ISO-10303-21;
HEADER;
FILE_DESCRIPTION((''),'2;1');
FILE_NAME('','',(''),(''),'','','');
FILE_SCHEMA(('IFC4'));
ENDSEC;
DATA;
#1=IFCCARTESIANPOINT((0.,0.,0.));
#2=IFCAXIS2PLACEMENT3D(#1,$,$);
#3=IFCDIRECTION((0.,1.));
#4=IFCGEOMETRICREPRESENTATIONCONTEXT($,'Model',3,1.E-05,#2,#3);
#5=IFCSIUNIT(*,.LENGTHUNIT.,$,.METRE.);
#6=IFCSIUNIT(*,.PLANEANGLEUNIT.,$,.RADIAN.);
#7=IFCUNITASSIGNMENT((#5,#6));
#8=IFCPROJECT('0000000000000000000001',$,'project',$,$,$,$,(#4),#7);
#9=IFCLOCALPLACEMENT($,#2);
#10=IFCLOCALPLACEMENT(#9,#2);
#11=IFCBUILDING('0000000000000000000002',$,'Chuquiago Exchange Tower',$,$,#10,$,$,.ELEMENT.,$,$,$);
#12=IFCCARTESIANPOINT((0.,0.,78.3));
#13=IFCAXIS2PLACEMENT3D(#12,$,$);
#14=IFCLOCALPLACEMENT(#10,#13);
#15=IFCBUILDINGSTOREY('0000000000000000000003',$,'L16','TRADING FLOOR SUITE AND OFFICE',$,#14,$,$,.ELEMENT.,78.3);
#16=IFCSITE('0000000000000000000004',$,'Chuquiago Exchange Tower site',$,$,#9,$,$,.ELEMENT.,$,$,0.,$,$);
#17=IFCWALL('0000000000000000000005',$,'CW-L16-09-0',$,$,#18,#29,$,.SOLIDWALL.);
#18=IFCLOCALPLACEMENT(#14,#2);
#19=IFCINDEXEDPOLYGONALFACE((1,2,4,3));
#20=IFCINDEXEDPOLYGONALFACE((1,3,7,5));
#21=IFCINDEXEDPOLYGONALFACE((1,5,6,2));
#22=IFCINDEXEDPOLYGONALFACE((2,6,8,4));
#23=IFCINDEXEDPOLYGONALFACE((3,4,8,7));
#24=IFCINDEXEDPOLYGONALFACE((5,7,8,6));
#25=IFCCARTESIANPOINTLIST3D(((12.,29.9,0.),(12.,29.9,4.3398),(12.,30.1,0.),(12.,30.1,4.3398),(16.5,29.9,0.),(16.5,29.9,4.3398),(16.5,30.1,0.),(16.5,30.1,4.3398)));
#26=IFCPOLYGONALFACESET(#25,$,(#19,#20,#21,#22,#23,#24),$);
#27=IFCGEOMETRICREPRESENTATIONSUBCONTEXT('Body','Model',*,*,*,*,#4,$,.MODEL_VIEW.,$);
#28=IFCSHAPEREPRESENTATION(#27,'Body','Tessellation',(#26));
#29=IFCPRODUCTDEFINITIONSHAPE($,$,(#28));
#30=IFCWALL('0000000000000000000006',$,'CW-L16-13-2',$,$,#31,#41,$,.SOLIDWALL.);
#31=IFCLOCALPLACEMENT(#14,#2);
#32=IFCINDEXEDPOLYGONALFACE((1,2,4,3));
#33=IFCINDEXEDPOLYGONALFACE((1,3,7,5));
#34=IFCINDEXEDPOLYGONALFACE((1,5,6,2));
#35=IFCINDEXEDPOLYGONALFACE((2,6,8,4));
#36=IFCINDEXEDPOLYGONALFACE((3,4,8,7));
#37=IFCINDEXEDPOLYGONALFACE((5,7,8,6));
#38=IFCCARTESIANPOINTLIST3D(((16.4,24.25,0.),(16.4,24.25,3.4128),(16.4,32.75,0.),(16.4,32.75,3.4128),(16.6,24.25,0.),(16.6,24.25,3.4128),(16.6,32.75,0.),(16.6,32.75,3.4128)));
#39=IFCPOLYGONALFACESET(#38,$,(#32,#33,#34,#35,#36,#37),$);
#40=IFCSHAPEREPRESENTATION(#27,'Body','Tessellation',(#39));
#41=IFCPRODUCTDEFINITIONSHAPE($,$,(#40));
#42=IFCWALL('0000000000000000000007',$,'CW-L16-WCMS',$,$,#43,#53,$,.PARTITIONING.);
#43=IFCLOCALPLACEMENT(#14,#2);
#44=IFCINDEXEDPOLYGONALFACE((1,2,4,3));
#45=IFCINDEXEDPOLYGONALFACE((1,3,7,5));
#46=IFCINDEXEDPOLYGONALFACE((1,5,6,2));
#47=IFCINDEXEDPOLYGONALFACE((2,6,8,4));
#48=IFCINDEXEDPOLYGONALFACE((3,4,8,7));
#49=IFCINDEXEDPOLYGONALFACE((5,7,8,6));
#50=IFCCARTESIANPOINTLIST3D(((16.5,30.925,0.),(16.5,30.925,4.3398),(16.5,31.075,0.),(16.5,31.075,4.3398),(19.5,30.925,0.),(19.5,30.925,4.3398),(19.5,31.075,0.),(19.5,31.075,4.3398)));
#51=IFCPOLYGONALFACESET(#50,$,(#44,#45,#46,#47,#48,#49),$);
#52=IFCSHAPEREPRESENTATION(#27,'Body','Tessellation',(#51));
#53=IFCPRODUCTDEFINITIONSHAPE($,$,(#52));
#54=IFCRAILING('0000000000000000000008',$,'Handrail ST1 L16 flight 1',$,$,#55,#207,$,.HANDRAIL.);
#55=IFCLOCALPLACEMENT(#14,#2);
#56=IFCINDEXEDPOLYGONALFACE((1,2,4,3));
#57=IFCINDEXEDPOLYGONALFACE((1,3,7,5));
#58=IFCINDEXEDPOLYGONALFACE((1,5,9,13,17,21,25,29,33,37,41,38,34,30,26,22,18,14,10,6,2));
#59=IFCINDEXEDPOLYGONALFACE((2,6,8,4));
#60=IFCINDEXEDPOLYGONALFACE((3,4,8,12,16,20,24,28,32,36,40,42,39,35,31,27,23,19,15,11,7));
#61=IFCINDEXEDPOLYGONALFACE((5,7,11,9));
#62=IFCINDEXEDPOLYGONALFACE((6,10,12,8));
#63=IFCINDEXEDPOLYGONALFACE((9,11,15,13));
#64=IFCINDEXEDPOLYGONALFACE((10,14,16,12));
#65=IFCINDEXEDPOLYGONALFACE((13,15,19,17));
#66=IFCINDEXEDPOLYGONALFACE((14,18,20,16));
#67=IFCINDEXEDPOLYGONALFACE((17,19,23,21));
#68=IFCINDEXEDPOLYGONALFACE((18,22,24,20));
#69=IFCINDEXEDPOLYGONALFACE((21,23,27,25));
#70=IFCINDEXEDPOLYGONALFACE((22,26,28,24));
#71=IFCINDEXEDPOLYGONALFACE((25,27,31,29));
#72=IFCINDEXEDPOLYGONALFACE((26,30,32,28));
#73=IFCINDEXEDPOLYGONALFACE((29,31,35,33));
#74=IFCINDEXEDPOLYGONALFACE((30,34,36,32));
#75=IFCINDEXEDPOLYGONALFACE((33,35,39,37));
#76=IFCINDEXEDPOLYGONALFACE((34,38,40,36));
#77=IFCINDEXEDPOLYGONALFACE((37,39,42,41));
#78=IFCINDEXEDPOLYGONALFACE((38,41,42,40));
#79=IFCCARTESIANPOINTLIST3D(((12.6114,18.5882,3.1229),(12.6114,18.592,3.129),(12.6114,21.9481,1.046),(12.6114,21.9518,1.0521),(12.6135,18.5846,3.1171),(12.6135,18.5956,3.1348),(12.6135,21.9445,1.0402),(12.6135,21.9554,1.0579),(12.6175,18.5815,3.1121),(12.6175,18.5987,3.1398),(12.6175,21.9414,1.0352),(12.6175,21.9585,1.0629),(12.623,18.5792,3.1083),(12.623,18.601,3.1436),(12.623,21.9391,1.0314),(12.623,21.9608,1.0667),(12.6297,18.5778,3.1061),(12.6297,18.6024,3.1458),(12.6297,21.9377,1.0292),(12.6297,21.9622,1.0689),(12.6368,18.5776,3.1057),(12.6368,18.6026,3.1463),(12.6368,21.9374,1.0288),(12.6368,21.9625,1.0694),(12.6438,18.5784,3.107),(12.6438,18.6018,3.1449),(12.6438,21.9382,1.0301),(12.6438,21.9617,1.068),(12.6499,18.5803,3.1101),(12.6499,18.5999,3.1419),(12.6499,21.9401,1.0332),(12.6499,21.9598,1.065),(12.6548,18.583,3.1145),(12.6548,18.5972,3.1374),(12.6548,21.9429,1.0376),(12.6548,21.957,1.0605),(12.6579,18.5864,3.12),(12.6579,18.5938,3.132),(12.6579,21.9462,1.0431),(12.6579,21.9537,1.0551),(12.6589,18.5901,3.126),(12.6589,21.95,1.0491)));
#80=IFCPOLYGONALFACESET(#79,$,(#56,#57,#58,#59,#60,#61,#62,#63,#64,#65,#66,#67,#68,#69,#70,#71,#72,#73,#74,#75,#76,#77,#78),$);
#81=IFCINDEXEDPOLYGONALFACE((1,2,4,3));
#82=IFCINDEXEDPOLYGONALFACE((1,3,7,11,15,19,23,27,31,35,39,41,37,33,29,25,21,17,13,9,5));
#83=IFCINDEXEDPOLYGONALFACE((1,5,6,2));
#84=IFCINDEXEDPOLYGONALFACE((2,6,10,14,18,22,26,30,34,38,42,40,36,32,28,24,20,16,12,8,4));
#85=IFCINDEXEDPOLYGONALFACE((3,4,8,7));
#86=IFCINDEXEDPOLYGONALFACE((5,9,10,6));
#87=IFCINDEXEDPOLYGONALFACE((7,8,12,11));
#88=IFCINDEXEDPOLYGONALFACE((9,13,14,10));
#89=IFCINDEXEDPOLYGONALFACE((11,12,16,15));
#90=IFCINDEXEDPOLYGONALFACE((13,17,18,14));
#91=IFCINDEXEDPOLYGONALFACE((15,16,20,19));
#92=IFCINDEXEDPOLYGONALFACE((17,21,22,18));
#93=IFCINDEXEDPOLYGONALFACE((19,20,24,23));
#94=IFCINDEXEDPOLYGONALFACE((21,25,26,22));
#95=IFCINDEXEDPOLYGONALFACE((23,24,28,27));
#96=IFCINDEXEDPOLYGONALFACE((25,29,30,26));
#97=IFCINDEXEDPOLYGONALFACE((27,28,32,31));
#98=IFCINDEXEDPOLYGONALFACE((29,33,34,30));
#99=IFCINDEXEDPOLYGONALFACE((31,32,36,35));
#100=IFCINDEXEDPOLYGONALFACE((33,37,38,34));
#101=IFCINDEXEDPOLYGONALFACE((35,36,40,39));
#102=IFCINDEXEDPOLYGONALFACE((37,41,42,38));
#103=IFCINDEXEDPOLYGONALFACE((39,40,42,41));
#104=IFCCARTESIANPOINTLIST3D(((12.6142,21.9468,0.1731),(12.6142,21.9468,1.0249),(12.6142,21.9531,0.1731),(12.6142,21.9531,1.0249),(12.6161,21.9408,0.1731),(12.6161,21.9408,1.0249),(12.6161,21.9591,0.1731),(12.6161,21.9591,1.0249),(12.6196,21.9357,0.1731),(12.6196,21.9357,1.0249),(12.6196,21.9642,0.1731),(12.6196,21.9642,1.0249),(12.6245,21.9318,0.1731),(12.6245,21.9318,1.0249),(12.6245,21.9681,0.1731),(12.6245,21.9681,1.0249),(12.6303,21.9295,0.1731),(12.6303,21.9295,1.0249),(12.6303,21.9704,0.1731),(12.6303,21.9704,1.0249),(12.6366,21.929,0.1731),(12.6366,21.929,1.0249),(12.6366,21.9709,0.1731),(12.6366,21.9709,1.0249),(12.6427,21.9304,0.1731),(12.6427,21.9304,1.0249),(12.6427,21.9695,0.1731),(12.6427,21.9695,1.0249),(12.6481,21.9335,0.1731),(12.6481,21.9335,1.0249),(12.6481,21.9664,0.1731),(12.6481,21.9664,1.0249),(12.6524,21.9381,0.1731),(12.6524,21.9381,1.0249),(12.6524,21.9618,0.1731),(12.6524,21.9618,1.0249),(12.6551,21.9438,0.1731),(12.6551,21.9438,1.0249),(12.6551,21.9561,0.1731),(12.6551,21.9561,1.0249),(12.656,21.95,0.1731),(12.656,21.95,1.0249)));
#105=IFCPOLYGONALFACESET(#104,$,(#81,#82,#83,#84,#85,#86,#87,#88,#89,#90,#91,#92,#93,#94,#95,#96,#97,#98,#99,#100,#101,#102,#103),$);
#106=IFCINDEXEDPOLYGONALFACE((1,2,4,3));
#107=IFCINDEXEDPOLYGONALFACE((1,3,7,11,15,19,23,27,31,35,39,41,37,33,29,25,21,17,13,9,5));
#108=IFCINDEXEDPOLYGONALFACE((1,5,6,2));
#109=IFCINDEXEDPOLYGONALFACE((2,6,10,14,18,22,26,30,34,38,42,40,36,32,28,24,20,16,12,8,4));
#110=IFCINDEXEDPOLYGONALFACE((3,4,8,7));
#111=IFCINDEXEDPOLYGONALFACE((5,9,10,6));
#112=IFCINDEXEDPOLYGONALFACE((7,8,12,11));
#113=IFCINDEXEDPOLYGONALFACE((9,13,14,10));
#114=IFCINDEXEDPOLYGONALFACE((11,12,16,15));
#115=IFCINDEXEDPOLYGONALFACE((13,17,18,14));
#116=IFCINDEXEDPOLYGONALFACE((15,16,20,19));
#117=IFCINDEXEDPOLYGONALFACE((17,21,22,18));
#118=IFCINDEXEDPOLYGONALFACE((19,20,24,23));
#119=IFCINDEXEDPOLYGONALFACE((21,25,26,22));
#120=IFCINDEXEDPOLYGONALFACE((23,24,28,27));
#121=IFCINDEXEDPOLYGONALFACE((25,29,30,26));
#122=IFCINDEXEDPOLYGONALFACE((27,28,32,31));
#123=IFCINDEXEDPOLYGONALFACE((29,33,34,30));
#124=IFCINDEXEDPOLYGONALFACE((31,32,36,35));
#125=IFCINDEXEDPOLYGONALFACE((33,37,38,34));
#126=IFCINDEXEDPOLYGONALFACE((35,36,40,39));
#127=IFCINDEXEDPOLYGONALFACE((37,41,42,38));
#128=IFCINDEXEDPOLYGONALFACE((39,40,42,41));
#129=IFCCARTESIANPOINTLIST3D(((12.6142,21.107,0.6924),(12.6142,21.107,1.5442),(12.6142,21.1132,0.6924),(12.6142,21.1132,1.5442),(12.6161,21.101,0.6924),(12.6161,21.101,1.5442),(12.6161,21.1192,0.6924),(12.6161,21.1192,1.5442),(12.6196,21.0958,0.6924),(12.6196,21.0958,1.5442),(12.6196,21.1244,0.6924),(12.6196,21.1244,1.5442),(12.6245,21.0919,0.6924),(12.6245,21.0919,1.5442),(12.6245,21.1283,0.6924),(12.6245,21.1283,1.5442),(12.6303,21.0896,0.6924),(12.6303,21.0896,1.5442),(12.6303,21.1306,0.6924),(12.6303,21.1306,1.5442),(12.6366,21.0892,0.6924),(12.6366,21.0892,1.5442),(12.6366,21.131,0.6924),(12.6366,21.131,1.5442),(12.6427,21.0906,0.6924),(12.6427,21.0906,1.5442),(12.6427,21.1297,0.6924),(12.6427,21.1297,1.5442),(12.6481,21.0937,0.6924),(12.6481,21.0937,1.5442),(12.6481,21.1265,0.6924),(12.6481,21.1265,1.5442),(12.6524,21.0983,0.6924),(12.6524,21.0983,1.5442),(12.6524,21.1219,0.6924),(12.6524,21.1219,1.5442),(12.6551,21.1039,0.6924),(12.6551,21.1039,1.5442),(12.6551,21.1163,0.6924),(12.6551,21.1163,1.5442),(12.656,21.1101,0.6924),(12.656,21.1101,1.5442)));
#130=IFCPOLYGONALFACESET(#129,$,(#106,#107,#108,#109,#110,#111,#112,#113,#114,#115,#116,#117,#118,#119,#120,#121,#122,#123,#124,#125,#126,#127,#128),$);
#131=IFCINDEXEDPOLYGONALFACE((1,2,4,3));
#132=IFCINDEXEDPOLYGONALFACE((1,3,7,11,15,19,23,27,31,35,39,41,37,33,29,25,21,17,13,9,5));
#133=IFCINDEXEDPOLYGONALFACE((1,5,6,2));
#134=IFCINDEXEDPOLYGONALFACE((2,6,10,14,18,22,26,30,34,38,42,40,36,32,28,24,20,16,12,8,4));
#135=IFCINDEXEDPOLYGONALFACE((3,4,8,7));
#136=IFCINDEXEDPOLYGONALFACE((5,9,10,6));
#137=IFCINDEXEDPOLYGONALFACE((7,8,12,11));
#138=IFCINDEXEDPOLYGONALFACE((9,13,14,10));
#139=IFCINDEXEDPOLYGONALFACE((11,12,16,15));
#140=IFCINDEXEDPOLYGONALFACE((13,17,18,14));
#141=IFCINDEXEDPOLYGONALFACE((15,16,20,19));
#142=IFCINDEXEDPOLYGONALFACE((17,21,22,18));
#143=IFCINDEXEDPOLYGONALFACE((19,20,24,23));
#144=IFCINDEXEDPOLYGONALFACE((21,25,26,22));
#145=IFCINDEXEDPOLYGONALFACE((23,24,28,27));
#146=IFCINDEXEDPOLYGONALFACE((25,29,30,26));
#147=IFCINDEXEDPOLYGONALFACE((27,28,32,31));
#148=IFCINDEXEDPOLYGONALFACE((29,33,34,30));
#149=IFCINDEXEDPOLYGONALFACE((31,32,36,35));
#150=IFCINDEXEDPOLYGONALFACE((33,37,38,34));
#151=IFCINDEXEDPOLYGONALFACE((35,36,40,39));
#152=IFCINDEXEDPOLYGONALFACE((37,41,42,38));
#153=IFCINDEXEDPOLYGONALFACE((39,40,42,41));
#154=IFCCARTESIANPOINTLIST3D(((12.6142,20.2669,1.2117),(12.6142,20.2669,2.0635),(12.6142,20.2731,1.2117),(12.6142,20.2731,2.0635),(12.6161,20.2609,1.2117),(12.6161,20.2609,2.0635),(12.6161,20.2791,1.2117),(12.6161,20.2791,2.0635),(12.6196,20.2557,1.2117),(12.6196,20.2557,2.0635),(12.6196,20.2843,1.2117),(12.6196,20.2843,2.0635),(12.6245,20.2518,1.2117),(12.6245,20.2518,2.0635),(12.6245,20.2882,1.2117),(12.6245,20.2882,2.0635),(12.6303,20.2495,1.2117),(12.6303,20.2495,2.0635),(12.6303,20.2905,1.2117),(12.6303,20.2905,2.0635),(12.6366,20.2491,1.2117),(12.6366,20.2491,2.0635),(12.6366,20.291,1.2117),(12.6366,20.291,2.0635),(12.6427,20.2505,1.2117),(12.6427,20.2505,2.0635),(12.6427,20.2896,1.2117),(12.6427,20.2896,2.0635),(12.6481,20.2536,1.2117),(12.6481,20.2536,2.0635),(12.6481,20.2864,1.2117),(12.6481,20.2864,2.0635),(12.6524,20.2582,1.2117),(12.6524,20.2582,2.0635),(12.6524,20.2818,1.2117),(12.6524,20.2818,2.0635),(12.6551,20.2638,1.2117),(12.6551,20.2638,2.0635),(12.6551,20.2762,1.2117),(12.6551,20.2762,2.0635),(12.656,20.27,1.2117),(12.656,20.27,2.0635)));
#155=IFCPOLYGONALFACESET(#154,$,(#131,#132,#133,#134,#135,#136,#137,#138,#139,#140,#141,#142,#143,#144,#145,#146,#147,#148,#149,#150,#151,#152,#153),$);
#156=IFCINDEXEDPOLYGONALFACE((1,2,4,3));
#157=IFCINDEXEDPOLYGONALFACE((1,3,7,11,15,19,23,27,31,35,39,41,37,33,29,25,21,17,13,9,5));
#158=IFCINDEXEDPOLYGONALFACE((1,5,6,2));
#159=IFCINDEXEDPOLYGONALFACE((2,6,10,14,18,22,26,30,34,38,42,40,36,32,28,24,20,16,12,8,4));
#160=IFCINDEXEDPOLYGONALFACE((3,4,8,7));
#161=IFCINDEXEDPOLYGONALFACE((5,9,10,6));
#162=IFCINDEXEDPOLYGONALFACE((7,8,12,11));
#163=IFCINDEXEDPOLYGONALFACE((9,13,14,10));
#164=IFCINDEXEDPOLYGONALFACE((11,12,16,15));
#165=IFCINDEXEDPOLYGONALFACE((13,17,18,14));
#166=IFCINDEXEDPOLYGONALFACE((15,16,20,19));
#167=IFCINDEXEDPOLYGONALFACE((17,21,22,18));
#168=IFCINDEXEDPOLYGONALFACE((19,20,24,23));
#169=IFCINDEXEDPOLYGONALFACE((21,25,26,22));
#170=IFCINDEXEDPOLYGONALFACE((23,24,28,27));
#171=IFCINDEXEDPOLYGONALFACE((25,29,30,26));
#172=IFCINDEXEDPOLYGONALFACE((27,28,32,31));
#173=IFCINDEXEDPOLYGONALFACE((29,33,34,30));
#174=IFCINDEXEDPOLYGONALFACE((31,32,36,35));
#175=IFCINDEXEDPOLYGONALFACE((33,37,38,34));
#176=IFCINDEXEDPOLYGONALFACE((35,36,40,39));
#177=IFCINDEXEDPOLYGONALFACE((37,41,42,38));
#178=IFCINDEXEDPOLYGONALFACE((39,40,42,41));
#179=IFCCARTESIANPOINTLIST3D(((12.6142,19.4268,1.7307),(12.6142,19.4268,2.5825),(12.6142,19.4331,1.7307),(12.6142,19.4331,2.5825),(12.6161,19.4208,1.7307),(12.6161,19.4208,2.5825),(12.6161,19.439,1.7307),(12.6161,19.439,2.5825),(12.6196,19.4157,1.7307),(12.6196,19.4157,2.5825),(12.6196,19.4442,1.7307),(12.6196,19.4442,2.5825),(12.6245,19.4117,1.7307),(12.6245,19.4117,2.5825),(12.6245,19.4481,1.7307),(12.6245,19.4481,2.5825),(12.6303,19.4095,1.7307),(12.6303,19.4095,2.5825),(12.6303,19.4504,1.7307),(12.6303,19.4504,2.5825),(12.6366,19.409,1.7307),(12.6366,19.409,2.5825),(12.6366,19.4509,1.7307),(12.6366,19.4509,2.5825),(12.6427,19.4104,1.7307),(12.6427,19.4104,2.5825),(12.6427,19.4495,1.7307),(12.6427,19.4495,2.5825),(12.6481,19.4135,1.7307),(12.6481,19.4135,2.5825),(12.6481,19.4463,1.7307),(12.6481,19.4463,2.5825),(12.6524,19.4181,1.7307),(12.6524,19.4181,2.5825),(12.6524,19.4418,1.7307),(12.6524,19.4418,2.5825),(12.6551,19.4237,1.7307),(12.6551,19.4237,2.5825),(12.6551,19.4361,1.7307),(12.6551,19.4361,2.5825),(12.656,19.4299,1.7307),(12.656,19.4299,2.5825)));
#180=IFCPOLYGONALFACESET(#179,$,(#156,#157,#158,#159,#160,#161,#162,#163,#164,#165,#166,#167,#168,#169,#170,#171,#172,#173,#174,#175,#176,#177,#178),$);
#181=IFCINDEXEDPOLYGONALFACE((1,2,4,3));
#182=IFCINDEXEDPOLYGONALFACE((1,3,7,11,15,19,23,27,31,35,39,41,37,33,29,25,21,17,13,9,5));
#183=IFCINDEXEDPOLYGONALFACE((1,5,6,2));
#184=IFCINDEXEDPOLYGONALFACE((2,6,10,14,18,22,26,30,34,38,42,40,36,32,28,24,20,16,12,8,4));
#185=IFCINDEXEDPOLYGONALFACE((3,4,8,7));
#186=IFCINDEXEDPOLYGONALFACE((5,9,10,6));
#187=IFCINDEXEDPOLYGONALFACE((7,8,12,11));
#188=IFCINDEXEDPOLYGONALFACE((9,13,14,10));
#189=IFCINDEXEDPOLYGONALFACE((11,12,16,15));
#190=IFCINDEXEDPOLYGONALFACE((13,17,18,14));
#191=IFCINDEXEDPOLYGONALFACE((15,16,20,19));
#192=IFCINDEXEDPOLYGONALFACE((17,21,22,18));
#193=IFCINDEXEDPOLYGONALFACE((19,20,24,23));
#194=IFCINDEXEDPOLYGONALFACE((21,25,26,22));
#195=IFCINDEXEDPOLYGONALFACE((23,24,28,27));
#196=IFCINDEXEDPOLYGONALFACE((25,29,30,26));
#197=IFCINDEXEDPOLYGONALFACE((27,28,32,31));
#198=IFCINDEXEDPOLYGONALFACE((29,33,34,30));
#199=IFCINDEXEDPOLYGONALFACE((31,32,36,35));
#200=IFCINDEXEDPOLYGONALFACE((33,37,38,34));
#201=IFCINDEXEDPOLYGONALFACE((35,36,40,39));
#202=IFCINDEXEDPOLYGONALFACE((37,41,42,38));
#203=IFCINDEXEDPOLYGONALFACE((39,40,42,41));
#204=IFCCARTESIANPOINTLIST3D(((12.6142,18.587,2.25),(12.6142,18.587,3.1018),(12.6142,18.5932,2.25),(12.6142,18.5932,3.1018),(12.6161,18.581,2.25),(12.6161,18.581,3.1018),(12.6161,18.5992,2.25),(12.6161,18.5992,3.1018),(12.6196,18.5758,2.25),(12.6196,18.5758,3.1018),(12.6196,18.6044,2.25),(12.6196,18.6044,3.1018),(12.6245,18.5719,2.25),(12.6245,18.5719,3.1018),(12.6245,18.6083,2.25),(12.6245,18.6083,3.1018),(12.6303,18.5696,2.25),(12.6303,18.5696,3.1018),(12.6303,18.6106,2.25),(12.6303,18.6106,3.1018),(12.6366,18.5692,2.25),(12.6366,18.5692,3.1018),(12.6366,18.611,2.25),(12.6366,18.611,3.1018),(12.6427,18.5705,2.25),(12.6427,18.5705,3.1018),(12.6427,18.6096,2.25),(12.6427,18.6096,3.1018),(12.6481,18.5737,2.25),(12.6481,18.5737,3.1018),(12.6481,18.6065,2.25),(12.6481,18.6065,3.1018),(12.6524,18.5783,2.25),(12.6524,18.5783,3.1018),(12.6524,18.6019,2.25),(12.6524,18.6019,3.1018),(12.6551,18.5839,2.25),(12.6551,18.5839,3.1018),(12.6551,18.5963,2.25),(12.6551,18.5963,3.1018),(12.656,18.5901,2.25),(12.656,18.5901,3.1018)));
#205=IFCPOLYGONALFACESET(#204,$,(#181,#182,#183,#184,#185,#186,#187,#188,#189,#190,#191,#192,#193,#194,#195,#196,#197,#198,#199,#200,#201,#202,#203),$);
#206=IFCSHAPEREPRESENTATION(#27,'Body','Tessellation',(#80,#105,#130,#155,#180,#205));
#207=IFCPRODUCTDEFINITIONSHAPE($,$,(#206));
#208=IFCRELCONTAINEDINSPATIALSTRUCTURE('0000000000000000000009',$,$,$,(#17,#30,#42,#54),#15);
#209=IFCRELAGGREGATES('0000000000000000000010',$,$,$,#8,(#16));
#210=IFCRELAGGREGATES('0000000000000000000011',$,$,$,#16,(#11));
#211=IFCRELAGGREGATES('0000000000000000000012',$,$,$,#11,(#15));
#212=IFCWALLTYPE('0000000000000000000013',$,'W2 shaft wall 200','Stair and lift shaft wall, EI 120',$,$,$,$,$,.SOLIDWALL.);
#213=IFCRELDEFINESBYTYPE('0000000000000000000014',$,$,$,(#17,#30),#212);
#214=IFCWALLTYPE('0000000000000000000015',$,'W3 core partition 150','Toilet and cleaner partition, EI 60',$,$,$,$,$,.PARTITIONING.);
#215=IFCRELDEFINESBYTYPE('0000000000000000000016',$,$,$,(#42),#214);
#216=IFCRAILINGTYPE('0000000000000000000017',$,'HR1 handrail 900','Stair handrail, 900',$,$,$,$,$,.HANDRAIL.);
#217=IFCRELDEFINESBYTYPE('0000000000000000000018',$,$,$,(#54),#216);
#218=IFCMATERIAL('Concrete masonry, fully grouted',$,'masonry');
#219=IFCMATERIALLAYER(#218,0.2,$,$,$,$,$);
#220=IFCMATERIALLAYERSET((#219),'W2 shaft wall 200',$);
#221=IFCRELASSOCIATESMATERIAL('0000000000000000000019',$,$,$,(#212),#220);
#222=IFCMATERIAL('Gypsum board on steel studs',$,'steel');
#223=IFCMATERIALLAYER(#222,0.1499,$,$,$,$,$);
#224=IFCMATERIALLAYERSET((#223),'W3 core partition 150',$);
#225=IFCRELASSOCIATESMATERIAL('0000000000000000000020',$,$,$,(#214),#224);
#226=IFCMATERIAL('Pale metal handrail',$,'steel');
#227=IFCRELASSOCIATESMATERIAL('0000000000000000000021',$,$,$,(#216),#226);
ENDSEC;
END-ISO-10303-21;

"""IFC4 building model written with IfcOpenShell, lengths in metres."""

from ifc_helpers import new_model, si_unit, direction, frame, frame_2d, origin, origin_2d, place, context, subcontext, project, spatial, rectangle, circle, extrude, material, layer, layer_set, type_object, element, save


model = new_model("IFC4")

# Units and contexts
model_context = context("Model", 3, precision=1e-05, world=origin(), true_north=direction((0.0, 1.0)))
body_context = subcontext(model_context, "Body", "Model", "MODEL_VIEW")
ifc_project = project(units=[si_unit("LENGTHUNIT", "METRE"), si_unit("PLANEANGLEUNIT", "RADIAN")], contexts=[model_context])

# Site, building, storey
site_placement = place(None, origin())
site = spatial("IfcSite", under=ifc_project, at=site_placement, Name="Chuquiago Exchange Tower site", CompositionType="ELEMENT", RefElevation=0.0)
building_placement = place(site_placement, origin())
building = spatial("IfcBuilding", under=site, at=building_placement, Name="Chuquiago Exchange Tower", CompositionType="ELEMENT")
storey_placement = place(building_placement, frame((0.0, 0.0, 78.3)))
storey = spatial("IfcBuildingStorey", under=building, at=storey_placement, Name="L16", Description="TRADING FLOOR SUITE AND OFFICE", CompositionType="ELEMENT", Elevation=78.3)

# Shared definitions
ifc_material_1 = material(Name="Concrete masonry, fully grouted", Category="masonry")
ifc_layer_1 = layer(ifc_material_1, 0.2)
ifc_layer_set_1 = layer_set([ifc_layer_1], Name="W2 shaft wall 200")
wall_type_1 = type_object("IfcWallType", Name="W2 shaft wall 200", Description="Stair and lift shaft wall, EI 120", PredefinedType="SOLIDWALL", material=ifc_layer_set_1)

# Walls
wall_1_placement = place(storey_placement, frame((12.0, 30.0, 0.0), z_axis=(0.0, 0.0, 1.0), x_axis=(1.0, 0.0, 0.0)))
element("IfcWall", 1, at=wall_1_placement, inside=storey, type_object=wall_type_1, Name="CW-L16-09-0", PredefinedType="SOLIDWALL", context=body_context, shape_type="SweptSolid", body=[
    extrude(rectangle(XDim=4.5, YDim=0.2, at=frame_2d((2.25, 0.0))), origin(), (0.0, 0.0, 1.0), 4.3398),
])
wall_2_placement = place(storey_placement, frame((16.5, 24.25, 0.0), z_axis=(0.0, 0.0, 1.0), x_axis=(0.0, 1.0, 0.0)))
element("IfcWall", 2, at=wall_2_placement, inside=storey, type_object=wall_type_1, Name="CW-L16-13-2", PredefinedType="SOLIDWALL", context=body_context, shape_type="SweptSolid", body=[
    extrude(rectangle(XDim=8.5, YDim=0.2, at=frame_2d((4.25, 0.0))), origin(), (0.0, 0.0, 1.0), 3.4128),
])
ifc_material_2 = material(Name="Gypsum board on steel studs", Category="steel")
ifc_layer_2 = layer(ifc_material_2, 0.1499)
ifc_layer_set_2 = layer_set([ifc_layer_2], Name="W3 core partition 150")
wall_type_2 = type_object("IfcWallType", Name="W3 core partition 150", Description="Toilet and cleaner partition, EI 60", PredefinedType="PARTITIONING", material=ifc_layer_set_2)
wall_3_placement = place(storey_placement, frame((16.5, 31.0, 0.0), z_axis=(0.0, 0.0, 1.0), x_axis=(1.0, 0.0, 0.0)))
element("IfcWall", 3, at=wall_3_placement, inside=storey, type_object=wall_type_2, Name="CW-L16-WCMS", PredefinedType="PARTITIONING", context=body_context, shape_type="SweptSolid", body=[
    extrude(rectangle(XDim=3.0, YDim=0.1499, at=frame_2d((1.5, 0.0))), origin(), (0.0, 0.0, 1.0), 4.3398),
])

# Railing
ifc_material_3 = material(Name="Pale metal handrail", Category="steel")
railing_type = type_object("IfcRailingType", Name="HR1 handrail 900", Description="Stair handrail, 900", PredefinedType="HANDRAIL", material=ifc_material_3)
for number, where, name in (
    (4, (12.635, 21.95, 0.1731), "Handrail ST1 L16 flight 1"),
):
    element("IfcRailing", number, at=place(storey_placement, frame(where)), inside=storey, type_object=railing_type, Name=name, PredefinedType="HANDRAIL", context=body_context, shape_type="SweptSolid", body=[
        extrude(circle(Radius=0.0239, at=origin_2d()), frame((0.0, 0.0, 0.876), z_axis=(0.0, -0.850606, 0.525803), x_axis=(1.0, 0.0, 0.0)), (0.0, 0.0, 1.0), 3.95),
        extrude(circle(Radius=0.021, at=origin_2d()), origin(), (0.0, 0.0, 1.0), 0.8518),
        extrude(circle(Radius=0.021, at=origin_2d()), frame((0.0, -0.8398, 0.5193)), (0.0, 0.0, 1.0), 0.8518),
        extrude(circle(Radius=0.021, at=origin_2d()), frame((0.0, -1.6799, 1.0386)), (0.0, 0.0, 1.0), 0.8518),
        extrude(circle(Radius=0.021, at=origin_2d()), frame((0.0, -2.52, 1.5576)), (0.0, 0.0, 1.0), 0.8518),
        extrude(circle(Radius=0.021, at=origin_2d()), frame((0.0, -3.3599, 2.0769)), (0.0, 0.0, 1.0), 0.8518),
    ])

save(model, "model.ifc")
